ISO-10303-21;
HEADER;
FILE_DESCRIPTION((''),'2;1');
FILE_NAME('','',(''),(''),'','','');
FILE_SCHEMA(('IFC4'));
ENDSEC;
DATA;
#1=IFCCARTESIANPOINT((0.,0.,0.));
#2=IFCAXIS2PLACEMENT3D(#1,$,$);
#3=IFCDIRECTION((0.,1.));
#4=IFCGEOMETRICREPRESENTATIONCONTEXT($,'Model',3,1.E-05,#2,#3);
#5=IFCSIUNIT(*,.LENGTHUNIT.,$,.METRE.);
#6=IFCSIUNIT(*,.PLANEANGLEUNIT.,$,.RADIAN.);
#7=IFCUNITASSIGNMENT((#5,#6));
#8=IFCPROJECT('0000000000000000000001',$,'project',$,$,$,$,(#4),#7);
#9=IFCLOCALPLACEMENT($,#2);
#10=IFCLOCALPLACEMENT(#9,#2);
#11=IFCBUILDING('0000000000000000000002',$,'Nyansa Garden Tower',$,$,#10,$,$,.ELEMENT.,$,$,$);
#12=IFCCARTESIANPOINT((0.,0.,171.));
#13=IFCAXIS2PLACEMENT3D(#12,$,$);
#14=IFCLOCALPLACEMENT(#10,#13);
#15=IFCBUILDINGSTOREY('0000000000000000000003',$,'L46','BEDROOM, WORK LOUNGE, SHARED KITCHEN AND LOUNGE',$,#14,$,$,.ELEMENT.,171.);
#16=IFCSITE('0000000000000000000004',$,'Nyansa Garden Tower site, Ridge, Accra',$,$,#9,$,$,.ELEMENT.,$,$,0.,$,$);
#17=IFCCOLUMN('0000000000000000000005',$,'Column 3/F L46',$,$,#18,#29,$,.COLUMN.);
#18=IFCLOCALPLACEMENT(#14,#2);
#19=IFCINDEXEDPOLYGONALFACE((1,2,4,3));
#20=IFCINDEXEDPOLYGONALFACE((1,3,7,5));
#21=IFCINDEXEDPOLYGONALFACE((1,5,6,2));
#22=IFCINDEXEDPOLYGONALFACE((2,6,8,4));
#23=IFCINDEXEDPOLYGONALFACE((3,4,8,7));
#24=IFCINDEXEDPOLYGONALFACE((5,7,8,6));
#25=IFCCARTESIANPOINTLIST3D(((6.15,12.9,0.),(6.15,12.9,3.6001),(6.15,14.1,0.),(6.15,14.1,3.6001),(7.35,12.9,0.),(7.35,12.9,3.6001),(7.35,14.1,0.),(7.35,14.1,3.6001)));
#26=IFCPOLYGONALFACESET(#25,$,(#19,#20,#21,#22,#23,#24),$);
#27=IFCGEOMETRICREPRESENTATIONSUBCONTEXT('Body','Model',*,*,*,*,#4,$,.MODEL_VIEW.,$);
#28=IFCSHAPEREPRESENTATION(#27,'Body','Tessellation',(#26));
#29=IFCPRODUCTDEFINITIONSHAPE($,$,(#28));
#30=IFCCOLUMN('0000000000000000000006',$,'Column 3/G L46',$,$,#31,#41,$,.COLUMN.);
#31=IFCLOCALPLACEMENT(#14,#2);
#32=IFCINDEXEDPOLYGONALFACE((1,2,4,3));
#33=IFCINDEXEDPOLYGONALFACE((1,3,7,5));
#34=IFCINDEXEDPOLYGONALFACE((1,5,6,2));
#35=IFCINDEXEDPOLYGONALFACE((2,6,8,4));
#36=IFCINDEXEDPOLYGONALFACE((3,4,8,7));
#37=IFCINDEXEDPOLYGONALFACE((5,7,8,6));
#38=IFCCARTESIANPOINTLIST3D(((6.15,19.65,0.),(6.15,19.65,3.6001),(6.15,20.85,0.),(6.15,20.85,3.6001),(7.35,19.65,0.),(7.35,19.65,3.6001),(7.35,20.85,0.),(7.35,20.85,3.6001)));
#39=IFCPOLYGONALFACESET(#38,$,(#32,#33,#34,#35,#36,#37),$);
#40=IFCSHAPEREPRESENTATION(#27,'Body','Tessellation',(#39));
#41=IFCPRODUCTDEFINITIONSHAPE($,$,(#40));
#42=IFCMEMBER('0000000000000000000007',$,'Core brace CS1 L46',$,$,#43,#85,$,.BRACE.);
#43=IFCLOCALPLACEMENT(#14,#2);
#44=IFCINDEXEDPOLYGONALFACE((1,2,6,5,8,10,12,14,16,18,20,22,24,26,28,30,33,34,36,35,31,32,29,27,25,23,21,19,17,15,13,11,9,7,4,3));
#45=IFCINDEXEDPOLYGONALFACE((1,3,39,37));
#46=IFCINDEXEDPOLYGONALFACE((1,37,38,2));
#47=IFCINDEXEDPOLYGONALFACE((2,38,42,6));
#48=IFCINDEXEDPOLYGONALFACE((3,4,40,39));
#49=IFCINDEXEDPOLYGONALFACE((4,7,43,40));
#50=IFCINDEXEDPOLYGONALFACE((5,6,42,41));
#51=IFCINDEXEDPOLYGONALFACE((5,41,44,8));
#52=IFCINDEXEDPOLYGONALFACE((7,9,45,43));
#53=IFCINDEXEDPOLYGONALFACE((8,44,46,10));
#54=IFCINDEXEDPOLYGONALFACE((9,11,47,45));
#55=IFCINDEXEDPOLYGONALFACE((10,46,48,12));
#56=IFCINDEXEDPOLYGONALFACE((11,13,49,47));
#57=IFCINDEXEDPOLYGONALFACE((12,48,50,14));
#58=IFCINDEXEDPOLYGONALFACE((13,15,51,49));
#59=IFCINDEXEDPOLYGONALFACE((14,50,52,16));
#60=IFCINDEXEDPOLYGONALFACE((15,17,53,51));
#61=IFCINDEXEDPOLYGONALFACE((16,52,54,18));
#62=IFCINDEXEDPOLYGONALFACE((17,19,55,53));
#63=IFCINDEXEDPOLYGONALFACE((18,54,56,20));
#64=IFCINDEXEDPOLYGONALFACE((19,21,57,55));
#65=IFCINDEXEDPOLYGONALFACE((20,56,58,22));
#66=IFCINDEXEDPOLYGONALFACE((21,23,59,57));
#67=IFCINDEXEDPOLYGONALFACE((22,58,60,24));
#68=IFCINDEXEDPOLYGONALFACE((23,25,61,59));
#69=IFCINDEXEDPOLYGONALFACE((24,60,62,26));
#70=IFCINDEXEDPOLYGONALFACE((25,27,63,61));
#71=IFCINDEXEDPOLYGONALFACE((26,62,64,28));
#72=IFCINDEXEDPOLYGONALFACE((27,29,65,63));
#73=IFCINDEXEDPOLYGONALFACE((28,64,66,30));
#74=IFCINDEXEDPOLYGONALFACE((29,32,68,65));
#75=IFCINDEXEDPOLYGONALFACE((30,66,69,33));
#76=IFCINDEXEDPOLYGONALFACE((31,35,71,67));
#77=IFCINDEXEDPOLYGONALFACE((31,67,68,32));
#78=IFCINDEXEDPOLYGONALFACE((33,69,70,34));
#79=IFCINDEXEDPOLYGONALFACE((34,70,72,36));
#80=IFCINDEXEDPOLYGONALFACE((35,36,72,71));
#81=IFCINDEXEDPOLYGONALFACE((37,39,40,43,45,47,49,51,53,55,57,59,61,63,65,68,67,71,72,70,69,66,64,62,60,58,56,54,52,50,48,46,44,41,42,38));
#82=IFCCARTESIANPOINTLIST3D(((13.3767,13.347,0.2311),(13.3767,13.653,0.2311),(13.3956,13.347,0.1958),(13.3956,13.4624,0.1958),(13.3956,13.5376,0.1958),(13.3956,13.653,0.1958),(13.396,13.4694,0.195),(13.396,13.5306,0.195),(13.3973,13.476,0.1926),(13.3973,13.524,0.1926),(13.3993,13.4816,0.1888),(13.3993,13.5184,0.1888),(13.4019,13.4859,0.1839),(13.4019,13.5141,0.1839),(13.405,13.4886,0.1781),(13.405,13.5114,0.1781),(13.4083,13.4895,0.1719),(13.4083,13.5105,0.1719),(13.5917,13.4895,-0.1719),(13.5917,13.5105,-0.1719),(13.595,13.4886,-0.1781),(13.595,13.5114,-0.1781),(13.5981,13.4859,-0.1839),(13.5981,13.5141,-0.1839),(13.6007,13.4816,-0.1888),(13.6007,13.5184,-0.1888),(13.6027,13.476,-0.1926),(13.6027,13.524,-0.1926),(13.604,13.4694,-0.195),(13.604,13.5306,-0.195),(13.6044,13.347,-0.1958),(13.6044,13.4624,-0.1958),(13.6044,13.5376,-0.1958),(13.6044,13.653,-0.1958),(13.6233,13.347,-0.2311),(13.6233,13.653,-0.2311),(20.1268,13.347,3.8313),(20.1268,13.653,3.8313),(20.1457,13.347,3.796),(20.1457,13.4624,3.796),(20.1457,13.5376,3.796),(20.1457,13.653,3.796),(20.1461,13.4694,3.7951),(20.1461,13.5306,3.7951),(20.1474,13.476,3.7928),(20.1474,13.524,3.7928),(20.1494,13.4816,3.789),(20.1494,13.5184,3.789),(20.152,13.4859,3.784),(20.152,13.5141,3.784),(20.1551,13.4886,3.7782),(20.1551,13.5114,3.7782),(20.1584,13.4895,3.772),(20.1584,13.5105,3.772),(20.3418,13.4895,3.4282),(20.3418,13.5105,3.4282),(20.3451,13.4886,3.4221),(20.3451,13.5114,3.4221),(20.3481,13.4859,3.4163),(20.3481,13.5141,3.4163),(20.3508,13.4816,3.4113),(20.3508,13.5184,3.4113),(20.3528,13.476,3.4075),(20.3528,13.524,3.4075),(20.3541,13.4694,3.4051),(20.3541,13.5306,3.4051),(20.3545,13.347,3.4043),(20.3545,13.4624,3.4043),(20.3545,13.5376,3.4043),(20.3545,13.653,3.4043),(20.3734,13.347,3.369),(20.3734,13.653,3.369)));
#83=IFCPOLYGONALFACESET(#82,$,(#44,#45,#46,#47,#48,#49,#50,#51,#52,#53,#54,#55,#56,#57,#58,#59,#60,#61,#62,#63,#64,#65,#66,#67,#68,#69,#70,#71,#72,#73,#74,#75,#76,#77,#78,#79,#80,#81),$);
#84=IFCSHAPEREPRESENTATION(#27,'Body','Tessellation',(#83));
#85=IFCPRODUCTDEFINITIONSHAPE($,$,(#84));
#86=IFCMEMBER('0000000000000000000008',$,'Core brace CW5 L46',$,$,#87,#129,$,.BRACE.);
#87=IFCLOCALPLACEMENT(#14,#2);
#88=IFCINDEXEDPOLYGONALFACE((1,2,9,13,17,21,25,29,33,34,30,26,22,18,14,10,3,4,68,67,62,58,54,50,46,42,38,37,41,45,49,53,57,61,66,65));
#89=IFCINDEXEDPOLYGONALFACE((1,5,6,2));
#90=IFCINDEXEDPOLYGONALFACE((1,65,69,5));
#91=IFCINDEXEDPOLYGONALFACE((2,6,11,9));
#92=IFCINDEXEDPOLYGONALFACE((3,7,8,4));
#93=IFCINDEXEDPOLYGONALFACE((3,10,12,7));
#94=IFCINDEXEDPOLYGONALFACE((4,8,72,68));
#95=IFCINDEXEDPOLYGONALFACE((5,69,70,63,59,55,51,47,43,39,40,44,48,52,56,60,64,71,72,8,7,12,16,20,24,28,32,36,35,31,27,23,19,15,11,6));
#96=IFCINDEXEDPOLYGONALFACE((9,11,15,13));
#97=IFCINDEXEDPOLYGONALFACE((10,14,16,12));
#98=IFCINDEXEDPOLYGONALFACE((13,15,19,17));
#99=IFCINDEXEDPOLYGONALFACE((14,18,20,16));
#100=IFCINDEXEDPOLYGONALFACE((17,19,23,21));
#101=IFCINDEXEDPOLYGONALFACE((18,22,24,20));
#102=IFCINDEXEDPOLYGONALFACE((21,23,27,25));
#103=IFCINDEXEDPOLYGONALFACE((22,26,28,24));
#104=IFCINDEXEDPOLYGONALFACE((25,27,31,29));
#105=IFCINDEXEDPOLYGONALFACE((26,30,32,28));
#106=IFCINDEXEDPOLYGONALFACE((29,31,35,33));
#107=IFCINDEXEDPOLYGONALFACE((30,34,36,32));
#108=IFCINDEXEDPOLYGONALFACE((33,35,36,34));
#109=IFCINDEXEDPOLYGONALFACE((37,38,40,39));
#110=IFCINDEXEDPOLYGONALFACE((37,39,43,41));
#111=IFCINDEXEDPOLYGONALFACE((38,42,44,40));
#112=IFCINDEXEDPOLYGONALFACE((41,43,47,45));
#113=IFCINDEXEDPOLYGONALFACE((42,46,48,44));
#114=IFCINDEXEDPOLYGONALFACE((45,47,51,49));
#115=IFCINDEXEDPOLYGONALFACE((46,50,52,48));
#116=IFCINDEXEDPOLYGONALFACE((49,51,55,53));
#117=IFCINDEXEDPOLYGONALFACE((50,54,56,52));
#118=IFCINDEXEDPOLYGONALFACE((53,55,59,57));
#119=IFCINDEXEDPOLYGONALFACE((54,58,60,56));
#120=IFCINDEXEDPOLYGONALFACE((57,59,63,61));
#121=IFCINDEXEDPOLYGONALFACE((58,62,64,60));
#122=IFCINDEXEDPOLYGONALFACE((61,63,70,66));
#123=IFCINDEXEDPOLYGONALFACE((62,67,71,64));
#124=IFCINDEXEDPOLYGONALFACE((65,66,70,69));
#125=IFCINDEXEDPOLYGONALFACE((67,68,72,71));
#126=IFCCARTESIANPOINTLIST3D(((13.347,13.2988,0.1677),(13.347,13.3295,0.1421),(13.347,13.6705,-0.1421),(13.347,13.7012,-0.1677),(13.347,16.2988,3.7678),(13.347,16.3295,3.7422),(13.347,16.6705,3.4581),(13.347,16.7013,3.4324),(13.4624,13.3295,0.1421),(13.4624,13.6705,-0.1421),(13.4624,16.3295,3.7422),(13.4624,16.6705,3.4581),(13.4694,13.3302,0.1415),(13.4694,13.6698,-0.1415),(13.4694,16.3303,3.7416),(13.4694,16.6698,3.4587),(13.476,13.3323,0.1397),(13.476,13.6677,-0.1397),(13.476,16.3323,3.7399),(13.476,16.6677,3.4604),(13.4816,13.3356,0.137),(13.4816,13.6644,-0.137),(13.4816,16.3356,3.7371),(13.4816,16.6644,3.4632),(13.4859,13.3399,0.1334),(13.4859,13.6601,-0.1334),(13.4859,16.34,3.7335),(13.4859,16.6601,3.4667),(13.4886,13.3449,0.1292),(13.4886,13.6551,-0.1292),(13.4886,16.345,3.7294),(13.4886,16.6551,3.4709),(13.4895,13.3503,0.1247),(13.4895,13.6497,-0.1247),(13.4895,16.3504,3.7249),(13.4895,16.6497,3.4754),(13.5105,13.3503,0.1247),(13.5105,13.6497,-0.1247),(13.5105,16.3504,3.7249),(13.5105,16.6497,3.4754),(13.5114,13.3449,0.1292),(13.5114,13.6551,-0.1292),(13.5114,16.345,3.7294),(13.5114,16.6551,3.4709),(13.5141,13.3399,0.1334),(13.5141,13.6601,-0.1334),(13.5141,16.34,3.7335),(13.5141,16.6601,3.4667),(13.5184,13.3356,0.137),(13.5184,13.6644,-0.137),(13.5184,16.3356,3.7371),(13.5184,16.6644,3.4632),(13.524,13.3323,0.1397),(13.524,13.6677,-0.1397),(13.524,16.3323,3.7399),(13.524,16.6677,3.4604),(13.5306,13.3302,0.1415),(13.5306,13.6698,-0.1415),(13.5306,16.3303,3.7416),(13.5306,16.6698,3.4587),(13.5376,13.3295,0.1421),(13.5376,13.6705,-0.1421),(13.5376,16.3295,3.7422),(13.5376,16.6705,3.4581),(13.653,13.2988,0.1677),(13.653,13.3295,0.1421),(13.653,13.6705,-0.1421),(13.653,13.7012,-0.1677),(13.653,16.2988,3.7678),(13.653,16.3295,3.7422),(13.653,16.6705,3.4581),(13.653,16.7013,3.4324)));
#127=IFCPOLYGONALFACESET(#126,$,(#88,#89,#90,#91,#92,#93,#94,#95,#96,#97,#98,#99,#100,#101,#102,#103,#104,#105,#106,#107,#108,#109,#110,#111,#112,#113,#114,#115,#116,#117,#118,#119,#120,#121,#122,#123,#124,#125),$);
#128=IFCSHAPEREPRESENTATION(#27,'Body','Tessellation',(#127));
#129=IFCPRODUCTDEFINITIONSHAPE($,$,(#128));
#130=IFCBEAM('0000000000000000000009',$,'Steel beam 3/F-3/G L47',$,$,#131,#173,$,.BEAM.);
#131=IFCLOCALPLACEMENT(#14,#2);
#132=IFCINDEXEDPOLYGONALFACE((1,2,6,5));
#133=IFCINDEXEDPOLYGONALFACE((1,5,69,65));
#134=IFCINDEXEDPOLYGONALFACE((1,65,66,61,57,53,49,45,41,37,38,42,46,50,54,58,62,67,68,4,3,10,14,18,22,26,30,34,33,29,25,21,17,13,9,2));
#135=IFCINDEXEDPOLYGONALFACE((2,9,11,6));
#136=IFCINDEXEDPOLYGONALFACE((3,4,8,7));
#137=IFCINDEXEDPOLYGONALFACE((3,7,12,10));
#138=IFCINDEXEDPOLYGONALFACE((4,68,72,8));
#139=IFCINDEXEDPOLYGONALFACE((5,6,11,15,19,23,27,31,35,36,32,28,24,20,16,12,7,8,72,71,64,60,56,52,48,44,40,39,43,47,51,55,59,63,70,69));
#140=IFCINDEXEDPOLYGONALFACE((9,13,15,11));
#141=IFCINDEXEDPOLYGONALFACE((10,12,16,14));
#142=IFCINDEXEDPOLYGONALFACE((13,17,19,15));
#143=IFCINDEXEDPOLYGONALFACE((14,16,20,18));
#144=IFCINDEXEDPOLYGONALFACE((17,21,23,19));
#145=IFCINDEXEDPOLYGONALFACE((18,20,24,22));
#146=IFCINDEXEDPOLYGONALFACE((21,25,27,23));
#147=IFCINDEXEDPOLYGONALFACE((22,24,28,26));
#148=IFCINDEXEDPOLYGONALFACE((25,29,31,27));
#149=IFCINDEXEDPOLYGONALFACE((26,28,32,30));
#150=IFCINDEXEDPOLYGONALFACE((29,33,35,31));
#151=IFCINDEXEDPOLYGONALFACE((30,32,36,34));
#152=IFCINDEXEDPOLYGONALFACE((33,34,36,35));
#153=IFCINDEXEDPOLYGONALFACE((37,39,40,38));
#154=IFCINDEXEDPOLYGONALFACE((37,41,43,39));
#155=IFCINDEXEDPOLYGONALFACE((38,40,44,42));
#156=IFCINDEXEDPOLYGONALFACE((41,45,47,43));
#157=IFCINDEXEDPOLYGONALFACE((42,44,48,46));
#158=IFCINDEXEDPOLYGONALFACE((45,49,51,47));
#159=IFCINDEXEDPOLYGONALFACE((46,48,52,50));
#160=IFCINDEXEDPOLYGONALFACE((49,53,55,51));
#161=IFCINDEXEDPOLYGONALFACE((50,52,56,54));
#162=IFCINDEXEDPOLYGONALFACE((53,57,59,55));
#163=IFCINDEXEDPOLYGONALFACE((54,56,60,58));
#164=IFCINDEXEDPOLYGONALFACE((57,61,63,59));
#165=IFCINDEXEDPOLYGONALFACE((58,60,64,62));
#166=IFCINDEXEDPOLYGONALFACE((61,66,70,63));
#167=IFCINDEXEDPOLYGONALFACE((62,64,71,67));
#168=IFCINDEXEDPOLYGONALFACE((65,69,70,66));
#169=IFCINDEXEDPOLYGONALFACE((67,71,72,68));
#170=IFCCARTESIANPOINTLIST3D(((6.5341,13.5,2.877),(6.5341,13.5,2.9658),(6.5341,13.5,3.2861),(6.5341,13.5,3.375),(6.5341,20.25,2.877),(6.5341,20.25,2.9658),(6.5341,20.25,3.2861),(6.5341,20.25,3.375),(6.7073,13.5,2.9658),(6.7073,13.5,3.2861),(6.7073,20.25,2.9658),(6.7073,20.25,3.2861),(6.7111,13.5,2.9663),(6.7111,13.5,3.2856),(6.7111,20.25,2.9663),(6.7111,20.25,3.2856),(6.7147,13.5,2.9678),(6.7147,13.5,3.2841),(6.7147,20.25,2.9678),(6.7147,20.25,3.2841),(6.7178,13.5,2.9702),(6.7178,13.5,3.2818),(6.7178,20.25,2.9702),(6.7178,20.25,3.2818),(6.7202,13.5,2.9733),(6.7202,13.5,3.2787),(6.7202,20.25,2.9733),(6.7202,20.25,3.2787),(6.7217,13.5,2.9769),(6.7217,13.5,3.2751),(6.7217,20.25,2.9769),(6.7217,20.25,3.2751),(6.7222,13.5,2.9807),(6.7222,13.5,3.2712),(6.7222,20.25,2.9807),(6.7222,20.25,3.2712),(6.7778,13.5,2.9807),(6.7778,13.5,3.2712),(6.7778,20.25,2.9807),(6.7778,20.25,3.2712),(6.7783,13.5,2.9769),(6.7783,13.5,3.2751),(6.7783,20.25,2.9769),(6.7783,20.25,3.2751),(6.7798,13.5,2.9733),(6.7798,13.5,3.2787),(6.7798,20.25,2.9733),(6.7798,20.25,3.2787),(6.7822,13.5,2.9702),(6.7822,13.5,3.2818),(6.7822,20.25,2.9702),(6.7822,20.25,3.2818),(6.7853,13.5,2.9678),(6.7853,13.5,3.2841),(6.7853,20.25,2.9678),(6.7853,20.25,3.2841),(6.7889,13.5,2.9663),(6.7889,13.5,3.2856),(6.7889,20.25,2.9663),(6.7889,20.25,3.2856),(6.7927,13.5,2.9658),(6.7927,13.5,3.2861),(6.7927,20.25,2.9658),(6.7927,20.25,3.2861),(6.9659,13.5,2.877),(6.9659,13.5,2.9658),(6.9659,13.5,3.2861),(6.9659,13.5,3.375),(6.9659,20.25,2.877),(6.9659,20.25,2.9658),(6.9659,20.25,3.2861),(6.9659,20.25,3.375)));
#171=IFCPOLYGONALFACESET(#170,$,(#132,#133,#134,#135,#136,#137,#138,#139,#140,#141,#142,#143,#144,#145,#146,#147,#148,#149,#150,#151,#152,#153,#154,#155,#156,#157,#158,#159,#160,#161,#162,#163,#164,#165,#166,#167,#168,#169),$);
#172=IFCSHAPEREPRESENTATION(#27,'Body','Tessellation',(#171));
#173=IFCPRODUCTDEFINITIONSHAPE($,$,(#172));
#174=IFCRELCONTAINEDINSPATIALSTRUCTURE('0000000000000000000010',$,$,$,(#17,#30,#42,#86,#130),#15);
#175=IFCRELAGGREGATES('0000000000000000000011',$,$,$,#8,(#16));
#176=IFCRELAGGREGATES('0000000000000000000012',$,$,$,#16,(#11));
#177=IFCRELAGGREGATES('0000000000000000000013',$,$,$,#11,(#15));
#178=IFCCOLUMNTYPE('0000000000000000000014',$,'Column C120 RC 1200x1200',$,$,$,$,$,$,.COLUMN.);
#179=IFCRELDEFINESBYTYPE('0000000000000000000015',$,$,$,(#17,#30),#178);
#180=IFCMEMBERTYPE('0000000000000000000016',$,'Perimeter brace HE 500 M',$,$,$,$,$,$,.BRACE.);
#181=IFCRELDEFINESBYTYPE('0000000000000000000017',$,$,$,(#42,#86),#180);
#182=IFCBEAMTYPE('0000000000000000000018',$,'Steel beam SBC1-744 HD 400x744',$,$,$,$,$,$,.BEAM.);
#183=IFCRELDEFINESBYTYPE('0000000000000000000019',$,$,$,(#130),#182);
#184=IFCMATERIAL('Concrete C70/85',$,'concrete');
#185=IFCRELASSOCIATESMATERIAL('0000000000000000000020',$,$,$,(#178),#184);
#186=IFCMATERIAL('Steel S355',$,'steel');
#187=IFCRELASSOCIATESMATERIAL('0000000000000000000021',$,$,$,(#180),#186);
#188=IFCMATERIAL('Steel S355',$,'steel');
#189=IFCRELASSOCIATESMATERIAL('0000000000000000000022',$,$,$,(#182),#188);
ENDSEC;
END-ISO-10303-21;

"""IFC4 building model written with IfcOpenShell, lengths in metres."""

from ifc_helpers import new_model, si_unit, direction, frame, origin, origin_2d, place, context, subcontext, project, spatial, rectangle, i_section, extrude, material, material_profile, profile_set, type_object, element, save


model = new_model("IFC4")

# Units and contexts
model_context = context("Model", 3, precision=1e-05, world=origin(), true_north=direction((0.0, 1.0)))
body_context = subcontext(model_context, "Body", "Model", "MODEL_VIEW")
ifc_project = project(units=[si_unit("LENGTHUNIT", "METRE"), si_unit("PLANEANGLEUNIT", "RADIAN")], contexts=[model_context])

# Site, building, storey
site_placement = place(None, origin())
site = spatial("IfcSite", under=ifc_project, at=site_placement, Name="Nyansa Garden Tower site, Ridge, Accra", CompositionType="ELEMENT", RefElevation=0.0)
building_placement = place(site_placement, origin())
building = spatial("IfcBuilding", under=site, at=building_placement, Name="Nyansa Garden Tower", CompositionType="ELEMENT")
storey_placement = place(building_placement, frame((0.0, 0.0, 171.0)))
storey = spatial("IfcBuildingStorey", under=building, at=storey_placement, Name="L46", Description="BEDROOM, WORK LOUNGE, SHARED KITCHEN AND LOUNGE", CompositionType="ELEMENT", Elevation=171.0)

# Columns
ifc_material_1 = material(Name="Concrete C70/85", Category="concrete")
ifc_material_profile_1 = material_profile(ifc_material_1, rectangle(XDim=1.2, YDim=1.2, at=origin_2d()), Name="RC 1200x1200")
ifc_profile_set_1 = profile_set([ifc_material_profile_1], Name="Concrete C70/85")
column_type = type_object("IfcColumnType", Name="Column C120 RC 1200x1200", PredefinedType="COLUMN", material=ifc_profile_set_1)
for number, where, z_axis, x_axis, name in (
    (1, (6.75, 13.5, 0.0), (0.0, 0.0, 1.0), (1.0, 0.0, 0.0), "Column 3/F L46"),
    (2, (6.75, 20.25, 0.0), (0.0, 0.0, 1.0), (1.0, 0.0, 0.0), "Column 3/G L46"),
):
    element("IfcColumn", number, at=place(storey_placement, frame(where, z_axis=z_axis, x_axis=x_axis)), inside=storey, type_object=column_type, Name=name, PredefinedType="COLUMN", context=body_context, shape_type="SweptSolid", body=[
        extrude(rectangle(XDim=1.2, YDim=1.2, at=origin_2d()), origin(), (0.0, 0.0, 1.0), 3.6001),
    ])

# Members
ifc_material_2 = material(Name="Steel S355", Category="steel")
ifc_material_profile_2 = material_profile(ifc_material_2, i_section(OverallWidth=0.3059, OverallDepth=0.5239, WebThickness=0.021, FlangeThickness=0.04, FilletRadius=0.0271, at=origin_2d()), Name="HE 500 M")
ifc_profile_set_2 = profile_set([ifc_material_profile_2], Name="Steel S355")
member_type = type_object("IfcMemberType", Name="Perimeter brace HE 500 M", PredefinedType="BRACE", material=ifc_profile_set_2)
member_1_placement = place(storey_placement, frame((13.5, 13.5, 0.0), z_axis=(0.882348, 0.0, 0.470598), x_axis=(0.0, 1.0, 0.0)))
element("IfcMember", 3, at=member_1_placement, inside=storey, type_object=member_type, Name="Core brace CS1 L46", PredefinedType="BRACE", context=body_context, shape_type="SweptSolid", body=[
    extrude(i_section(OverallWidth=0.3059, OverallDepth=0.5239, WebThickness=0.021, FlangeThickness=0.04, FilletRadius=0.0271, at=origin_2d()), origin(), (0.0, 0.0, 1.0), 7.6501),
])
member_2_placement = place(storey_placement, frame((13.5, 13.5, 0.0), z_axis=(0.0, 0.640174, 0.76823), x_axis=(-1.0, 0.0, 0.0)))
element("IfcMember", 4, at=member_2_placement, inside=storey, type_object=member_type, Name="Core brace CW5 L46", PredefinedType="BRACE", context=body_context, shape_type="SweptSolid", body=[
    extrude(i_section(OverallWidth=0.3059, OverallDepth=0.5239, WebThickness=0.021, FlangeThickness=0.04, FilletRadius=0.0271, at=origin_2d()), origin(), (0.0, 0.0, 1.0), 4.6863),
])

# Beam
ifc_material_3 = material(Name="Steel S355", Category="steel")
ifc_material_profile_3 = material_profile(ifc_material_3, i_section(OverallWidth=0.4319, OverallDepth=0.498, WebThickness=0.0557, FlangeThickness=0.0889, FilletRadius=0.0149, at=origin_2d()), Name="HD 400x744")
ifc_profile_set_3 = profile_set([ifc_material_profile_3], Name="Steel S355")
beam_type_1 = type_object("IfcBeamType", Name="Steel beam SBC1-744 HD 400x744", PredefinedType="BEAM", material=ifc_profile_set_3)
for number, where, z_axis, x_axis, name in (
    (5, (6.75, 13.5, 3.126), (0.0, 1.0, 0.0), (-1.0, 0.0, 0.0), "Steel beam 3/F-3/G L47"),
):
    element("IfcBeam", number, at=place(storey_placement, frame(where, z_axis=z_axis, x_axis=x_axis)), inside=storey, type_object=beam_type_1, Name=name, PredefinedType="BEAM", context=body_context, shape_type="SweptSolid", body=[
        extrude(i_section(OverallWidth=0.4319, OverallDepth=0.498, WebThickness=0.0557, FlangeThickness=0.0889, FilletRadius=0.0149, at=origin_2d()), origin(), (0.0, 0.0, 1.0), 6.75),
    ])

save(model, "model.ifc")
